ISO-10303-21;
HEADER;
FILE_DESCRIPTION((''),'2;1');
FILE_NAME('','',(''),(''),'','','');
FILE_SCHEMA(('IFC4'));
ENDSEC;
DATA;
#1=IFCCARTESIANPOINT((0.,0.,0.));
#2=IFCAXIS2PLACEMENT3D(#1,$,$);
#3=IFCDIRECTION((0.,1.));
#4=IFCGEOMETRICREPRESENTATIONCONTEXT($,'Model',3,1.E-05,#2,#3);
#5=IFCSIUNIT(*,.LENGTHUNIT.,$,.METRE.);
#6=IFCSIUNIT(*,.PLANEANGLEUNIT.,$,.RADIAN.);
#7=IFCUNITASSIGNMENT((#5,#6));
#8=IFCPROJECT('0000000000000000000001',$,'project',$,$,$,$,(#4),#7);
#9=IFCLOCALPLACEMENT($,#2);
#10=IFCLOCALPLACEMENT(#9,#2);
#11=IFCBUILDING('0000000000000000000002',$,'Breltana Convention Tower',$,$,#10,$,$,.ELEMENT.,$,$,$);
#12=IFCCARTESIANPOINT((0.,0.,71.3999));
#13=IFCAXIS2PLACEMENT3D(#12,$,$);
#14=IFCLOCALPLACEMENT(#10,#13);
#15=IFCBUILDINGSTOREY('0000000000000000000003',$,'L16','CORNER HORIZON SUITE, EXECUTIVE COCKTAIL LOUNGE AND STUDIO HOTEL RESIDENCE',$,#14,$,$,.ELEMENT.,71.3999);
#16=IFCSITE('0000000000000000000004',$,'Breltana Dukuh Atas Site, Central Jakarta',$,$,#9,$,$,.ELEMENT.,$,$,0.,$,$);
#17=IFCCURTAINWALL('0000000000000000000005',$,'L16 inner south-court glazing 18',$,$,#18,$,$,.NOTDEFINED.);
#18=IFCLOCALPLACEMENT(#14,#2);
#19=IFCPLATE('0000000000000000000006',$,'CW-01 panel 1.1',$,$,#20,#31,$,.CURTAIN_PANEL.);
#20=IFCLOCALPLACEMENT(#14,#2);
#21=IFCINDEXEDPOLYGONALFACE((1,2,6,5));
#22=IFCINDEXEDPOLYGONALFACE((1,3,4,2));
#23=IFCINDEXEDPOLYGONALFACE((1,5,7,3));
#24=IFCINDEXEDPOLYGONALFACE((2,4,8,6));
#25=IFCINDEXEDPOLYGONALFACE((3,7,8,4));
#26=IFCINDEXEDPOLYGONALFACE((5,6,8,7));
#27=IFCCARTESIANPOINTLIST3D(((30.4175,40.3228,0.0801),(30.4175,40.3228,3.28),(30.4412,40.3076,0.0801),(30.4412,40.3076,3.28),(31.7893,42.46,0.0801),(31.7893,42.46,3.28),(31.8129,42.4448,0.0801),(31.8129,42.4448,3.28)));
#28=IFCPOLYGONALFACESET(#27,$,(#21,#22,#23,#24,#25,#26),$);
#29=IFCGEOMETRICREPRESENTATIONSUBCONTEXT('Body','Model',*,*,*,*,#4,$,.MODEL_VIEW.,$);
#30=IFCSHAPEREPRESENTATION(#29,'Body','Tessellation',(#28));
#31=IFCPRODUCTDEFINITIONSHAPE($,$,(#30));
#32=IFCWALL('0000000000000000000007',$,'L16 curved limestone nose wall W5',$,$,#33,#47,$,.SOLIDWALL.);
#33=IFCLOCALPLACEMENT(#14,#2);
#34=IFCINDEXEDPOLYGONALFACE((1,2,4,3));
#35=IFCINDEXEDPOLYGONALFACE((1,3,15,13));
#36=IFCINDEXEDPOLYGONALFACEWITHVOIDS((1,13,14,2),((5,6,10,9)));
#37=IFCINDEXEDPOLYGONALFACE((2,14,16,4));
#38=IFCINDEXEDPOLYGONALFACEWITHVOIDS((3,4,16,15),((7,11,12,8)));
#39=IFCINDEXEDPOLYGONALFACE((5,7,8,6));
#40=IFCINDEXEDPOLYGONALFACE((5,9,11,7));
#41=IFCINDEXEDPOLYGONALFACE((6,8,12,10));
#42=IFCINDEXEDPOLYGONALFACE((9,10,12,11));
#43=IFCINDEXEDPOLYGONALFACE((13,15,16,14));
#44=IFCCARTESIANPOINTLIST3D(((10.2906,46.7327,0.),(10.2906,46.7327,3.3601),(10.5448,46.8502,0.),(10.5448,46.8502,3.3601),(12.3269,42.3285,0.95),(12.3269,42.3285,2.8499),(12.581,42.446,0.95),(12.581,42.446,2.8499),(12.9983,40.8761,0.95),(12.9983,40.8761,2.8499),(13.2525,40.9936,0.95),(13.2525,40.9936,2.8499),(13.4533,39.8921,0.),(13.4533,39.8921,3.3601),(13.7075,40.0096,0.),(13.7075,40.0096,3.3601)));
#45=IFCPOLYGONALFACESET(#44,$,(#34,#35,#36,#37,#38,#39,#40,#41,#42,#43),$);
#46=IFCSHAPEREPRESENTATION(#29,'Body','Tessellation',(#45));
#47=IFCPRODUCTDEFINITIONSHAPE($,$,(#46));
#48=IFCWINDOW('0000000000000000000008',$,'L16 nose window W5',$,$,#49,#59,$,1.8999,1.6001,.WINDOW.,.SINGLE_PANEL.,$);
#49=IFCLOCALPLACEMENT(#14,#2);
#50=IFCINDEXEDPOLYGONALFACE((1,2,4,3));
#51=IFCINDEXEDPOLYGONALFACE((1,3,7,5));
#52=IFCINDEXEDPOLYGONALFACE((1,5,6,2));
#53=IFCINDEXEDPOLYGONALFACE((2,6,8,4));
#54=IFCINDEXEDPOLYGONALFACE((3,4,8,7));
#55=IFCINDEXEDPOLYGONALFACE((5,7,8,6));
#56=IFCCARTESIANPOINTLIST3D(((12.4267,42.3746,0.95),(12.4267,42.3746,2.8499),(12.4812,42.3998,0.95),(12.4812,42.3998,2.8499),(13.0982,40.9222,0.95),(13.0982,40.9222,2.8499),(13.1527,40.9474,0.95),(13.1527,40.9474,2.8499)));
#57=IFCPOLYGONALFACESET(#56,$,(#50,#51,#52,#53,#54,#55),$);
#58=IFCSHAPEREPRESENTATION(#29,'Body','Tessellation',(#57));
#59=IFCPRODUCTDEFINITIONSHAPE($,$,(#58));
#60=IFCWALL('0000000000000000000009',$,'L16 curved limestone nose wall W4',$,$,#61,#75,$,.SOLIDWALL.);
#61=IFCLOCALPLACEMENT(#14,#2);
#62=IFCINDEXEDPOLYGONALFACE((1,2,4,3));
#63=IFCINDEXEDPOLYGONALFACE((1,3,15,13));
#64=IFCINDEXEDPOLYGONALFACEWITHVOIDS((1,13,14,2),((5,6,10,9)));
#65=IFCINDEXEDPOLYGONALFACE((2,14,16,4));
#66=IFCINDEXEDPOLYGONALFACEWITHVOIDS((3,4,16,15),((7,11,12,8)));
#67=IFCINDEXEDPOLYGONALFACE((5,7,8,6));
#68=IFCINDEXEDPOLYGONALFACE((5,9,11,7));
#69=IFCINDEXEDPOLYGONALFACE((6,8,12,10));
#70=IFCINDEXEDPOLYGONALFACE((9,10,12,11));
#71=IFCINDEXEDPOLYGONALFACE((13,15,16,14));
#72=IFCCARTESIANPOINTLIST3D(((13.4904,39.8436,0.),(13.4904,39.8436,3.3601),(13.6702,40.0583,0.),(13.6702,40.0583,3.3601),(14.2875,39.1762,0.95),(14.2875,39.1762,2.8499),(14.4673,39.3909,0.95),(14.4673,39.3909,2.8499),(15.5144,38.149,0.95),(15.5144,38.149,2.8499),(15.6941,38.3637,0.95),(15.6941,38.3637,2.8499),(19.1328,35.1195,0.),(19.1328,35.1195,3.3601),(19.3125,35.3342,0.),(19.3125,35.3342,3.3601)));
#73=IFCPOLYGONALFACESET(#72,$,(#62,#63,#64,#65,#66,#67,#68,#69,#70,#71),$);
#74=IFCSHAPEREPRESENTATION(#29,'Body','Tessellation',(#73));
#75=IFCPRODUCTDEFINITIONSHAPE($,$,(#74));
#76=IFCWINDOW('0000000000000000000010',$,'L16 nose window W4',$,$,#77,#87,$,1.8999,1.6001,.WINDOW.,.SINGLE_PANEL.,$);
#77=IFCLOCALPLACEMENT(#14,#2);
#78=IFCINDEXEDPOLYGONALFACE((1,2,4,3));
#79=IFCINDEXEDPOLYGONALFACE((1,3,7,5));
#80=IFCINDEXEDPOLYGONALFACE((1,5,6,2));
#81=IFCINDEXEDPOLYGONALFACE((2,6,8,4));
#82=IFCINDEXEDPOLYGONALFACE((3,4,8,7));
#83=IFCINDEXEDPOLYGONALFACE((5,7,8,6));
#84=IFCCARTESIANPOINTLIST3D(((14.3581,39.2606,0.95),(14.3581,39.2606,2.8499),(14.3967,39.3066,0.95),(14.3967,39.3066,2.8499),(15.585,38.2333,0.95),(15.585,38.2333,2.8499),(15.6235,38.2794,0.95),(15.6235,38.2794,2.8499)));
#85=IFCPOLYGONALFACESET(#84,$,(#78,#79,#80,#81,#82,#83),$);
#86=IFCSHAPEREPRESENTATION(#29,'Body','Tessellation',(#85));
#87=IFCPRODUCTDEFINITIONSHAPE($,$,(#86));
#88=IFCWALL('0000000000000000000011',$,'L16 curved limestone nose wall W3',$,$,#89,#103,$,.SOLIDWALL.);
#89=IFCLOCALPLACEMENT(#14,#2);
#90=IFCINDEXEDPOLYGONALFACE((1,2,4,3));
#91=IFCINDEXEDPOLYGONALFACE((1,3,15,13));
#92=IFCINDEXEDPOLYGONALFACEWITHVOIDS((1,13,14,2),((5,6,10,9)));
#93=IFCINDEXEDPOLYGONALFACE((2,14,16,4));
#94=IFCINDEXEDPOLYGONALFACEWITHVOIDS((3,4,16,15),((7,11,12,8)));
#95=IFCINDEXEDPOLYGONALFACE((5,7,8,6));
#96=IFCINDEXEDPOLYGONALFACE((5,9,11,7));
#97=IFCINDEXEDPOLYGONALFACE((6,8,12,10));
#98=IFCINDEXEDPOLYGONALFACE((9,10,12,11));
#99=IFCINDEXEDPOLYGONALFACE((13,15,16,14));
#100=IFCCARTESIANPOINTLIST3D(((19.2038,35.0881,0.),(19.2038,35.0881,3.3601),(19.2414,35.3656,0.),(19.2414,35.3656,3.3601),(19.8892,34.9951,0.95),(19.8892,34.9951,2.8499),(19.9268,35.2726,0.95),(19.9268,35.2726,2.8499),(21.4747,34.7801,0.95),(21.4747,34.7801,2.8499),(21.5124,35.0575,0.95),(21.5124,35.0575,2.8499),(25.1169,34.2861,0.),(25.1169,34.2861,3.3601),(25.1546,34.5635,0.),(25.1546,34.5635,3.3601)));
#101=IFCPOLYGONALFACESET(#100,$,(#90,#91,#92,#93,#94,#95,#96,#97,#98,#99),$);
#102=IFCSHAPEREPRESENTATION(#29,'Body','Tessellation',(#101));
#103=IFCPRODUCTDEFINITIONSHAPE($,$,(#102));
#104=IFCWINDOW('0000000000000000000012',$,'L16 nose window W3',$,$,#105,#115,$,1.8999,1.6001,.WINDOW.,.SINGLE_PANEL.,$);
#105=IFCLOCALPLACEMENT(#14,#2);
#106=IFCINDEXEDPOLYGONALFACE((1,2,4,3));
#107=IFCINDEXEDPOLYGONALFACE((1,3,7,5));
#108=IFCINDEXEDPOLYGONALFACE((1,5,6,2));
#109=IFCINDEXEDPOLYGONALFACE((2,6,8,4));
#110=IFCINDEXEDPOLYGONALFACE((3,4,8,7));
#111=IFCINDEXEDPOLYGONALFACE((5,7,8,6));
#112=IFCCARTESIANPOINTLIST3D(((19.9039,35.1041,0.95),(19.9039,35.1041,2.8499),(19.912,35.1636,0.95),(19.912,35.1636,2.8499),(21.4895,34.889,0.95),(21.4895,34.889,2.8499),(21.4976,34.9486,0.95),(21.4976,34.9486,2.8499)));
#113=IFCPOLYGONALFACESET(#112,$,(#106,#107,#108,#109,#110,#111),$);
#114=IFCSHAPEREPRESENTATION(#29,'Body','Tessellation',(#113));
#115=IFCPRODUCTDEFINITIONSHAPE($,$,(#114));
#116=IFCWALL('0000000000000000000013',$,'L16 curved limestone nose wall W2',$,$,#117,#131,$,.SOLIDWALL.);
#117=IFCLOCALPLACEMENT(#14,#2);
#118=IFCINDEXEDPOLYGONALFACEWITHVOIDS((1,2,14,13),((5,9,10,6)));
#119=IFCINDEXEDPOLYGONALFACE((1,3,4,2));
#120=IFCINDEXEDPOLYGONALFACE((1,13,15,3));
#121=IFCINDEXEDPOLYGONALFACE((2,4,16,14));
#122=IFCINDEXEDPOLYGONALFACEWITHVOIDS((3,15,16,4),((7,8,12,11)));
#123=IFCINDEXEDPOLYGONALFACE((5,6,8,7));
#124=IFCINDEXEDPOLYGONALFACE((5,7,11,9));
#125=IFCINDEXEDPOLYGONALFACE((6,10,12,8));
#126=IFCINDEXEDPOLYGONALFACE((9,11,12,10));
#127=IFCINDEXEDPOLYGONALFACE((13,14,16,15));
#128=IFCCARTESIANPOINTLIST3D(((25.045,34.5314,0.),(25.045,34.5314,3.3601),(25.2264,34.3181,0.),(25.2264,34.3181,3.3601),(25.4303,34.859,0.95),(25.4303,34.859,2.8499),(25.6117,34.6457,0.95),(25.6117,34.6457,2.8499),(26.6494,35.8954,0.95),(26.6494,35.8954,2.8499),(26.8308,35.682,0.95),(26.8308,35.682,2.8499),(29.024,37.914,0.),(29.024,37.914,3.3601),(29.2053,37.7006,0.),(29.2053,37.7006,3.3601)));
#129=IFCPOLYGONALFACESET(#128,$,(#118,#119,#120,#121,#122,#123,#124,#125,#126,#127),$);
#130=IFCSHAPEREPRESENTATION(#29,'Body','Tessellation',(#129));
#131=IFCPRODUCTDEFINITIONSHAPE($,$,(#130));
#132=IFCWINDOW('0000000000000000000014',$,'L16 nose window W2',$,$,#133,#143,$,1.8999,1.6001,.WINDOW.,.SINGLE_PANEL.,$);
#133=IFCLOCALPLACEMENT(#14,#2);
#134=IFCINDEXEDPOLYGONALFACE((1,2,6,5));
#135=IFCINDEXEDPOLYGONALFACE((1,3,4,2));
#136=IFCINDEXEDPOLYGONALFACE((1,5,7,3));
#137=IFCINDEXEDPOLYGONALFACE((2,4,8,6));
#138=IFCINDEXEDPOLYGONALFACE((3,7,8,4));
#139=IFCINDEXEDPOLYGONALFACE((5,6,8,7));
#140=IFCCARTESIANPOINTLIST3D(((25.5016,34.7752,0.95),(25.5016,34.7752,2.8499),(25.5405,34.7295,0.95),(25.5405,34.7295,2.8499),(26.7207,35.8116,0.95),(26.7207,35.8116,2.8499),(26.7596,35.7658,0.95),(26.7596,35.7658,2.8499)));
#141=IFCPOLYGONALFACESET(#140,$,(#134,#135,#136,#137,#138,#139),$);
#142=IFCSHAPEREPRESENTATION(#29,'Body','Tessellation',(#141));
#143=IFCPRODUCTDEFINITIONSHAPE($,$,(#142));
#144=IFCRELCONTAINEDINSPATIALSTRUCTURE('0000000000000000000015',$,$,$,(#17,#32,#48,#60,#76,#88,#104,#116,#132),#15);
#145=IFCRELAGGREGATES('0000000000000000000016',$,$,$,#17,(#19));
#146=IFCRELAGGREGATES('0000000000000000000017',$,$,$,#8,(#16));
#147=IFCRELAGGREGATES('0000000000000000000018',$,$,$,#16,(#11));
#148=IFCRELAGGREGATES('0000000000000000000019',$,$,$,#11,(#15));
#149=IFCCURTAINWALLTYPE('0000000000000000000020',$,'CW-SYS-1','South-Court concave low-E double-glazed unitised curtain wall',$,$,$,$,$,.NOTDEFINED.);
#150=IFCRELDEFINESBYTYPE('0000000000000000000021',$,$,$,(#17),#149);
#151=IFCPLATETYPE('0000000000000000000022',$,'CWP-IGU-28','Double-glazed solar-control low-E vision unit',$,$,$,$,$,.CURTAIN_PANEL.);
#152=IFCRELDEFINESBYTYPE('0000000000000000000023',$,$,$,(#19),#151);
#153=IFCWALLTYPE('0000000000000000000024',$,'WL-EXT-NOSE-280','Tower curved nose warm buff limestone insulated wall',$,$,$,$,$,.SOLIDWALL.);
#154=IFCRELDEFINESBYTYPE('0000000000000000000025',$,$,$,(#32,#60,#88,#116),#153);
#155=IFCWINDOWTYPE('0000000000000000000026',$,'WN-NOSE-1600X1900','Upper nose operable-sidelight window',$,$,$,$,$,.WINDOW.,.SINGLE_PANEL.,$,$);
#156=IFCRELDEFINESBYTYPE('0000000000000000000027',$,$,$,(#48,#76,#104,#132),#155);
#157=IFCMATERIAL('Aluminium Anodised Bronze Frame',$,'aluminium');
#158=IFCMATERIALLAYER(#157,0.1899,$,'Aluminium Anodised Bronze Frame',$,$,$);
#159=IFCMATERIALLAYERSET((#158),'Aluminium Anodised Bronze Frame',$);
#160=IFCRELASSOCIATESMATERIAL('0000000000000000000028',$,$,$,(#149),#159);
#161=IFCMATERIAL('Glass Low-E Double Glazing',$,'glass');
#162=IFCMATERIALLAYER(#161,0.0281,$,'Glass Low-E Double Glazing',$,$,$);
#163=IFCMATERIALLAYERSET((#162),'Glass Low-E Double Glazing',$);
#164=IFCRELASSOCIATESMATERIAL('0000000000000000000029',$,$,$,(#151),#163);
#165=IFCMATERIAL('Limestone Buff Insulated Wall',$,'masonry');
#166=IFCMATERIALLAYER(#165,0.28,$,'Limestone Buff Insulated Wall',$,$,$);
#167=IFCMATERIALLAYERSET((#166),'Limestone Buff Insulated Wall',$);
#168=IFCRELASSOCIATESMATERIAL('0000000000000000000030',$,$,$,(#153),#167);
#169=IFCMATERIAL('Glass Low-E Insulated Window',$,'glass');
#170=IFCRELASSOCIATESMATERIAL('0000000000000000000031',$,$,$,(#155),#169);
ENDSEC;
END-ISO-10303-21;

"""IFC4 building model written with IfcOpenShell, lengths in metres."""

from ifc_helpers import new_model, si_unit, direction, frame, frame_2d, origin, origin_2d, place, context, subcontext, project, spatial, rectangle, extrude, source, transform, mapped, material, layer, layer_set, type_object, type_shapes, element, fill, aggregate, save


model = new_model("IFC4")

# Units and contexts
model_context = context("Model", 3, precision=1e-05, world=origin(), true_north=direction((0.0, 1.0)))
body_context = subcontext(model_context, "Body", "Model", "MODEL_VIEW")
ifc_project = project(units=[si_unit("LENGTHUNIT", "METRE"), si_unit("PLANEANGLEUNIT", "RADIAN")], contexts=[model_context])

# Site, building, storey
site_placement = place(None, origin())
site = spatial("IfcSite", under=ifc_project, at=site_placement, Name="Breltana Dukuh Atas Site, Central Jakarta", CompositionType="ELEMENT", RefElevation=0.0)
building_placement = place(site_placement, origin())
building = spatial("IfcBuilding", under=site, at=building_placement, Name="Breltana Convention Tower", CompositionType="ELEMENT")
storey_placement = place(building_placement, frame((0.0, 0.0, 71.3999)))
storey = spatial("IfcBuildingStorey", under=building, at=storey_placement, Name="L16", Description="CORNER HORIZON SUITE, EXECUTIVE COCKTAIL LOUNGE AND STUDIO HOTEL RESIDENCE", CompositionType="ELEMENT", Elevation=71.3999)

# Curtain wall
ifc_material_1 = material(Name="Aluminium Anodised Bronze Frame", Category="aluminium")
ifc_layer_1 = layer(ifc_material_1, 0.1899, Name="Aluminium Anodised Bronze Frame")
ifc_layer_set_1 = layer_set([ifc_layer_1], Name="Aluminium Anodised Bronze Frame")
curtain_wall_type = type_object("IfcCurtainWallType", Name="CW-SYS-1", Description="South-Court concave low-E double-glazed unitised curtain wall", PredefinedType="NOTDEFINED", material=ifc_layer_set_1)
curtain_wall_1_placement = place(storey_placement, origin())
curtain_wall_1 = element("IfcCurtainWall", 1, at=curtain_wall_1_placement, inside=storey, type_object=curtain_wall_type, Name="L16 inner south-court glazing 18", PredefinedType="NOTDEFINED")

# Plate
ifc_material_2 = material(Name="Glass Low-E Double Glazing", Category="glass")
ifc_layer_2 = layer(ifc_material_2, 0.0281, Name="Glass Low-E Double Glazing")
ifc_layer_set_2 = layer_set([ifc_layer_2], Name="Glass Low-E Double Glazing")
plate_type = type_object("IfcPlateType", Name="CWP-IGU-28", Description="Double-glazed solar-control low-E vision unit", PredefinedType="CURTAIN_PANEL", material=ifc_layer_set_2)
shared_shape_1 = source(origin(), body_context, "Body", "SweptSolid", [
    extrude(rectangle(XDim=2.5396, YDim=0.0281, at=origin_2d()), origin(), (0.0, 0.0, 1.0), 3.2),
])
plate_1_placement = place(storey_placement, frame((31.1152, 41.3838, 0.0801), z_axis=(0.0, 0.0, 1.0), x_axis=(-0.54017, -0.841556, 0.0)))
plate_1 = element("IfcPlate", 2, at=plate_1_placement, type_object=plate_type, Name="CW-01 panel 1.1", PredefinedType="CURTAIN_PANEL", context=body_context, shape_type="MappedRepresentation", body=[
    mapped(shared_shape_1, transform((0.0, 0.0, 0.0), scale=1.0)),
])
aggregate(curtain_wall_1, [plate_1])

# Walls, openings, windows
ifc_material_3 = material(Name="Limestone Buff Insulated Wall", Category="masonry")
ifc_layer_3 = layer(ifc_material_3, 0.28, Name="Limestone Buff Insulated Wall")
ifc_layer_set_3 = layer_set([ifc_layer_3], Name="Limestone Buff Insulated Wall")
wall_type_1 = type_object("IfcWallType", Name="WL-EXT-NOSE-280", Description="Tower curved nose warm buff limestone insulated wall", PredefinedType="SOLIDWALL", material=ifc_layer_set_3)
shared_shape_2 = source(origin(), body_context, "Body", "SweptSolid", [
    extrude(rectangle(XDim=7.5364, YDim=0.28, at=frame_2d((3.7681, 0.0))), origin(), (0.0, 0.0, 1.0), 3.3601),
])
wall_1_placement = place(storey_placement, frame((13.5803, 39.9509, 0.0), z_axis=(0.0, 0.0, 1.0), x_axis=(-0.41965, 0.907686, 0.0)))
wall_1 = element("IfcWall", 3, at=wall_1_placement, inside=storey, type_object=wall_type_1, Name="L16 curved limestone nose wall W5", PredefinedType="SOLIDWALL", context=body_context, shape_type="MappedRepresentation", body=[
    mapped(shared_shape_2, transform((0.0, 0.0, 0.0), scale=1.0)),
])
opening_1_placement = place(wall_1_placement, frame((1.084, 0.0, 0.95)))
opening_1 = element("IfcOpeningElement", 4, at=opening_1_placement, cuts=wall_1, PredefinedType="OPENING", context=body_context, shape_type="SweptSolid", body=[
    extrude(rectangle(XDim=1.6001, YDim=1.8999, at=frame_2d((0.8, 0.95))), frame((0.0, 0.1499, 0.0), z_axis=(0.0, -1.0, 0.0), x_axis=(1.0, 0.0, 0.0)), (0.0, 0.0, 1.0), 0.3),
])
ifc_material_4 = material(Name="Glass Low-E Insulated Window", Category="glass")
window_type = type_object("IfcWindowType", Name="WN-NOSE-1600X1900", Description="Upper nose operable-sidelight window", PartitioningType="SINGLE_PANEL", PredefinedType="WINDOW", material=ifc_material_4)
shared_shape_3 = source(origin(), body_context, "Body", "SweptSolid", [
    extrude(rectangle(XDim=1.6001, YDim=1.8999, at=frame_2d((0.8, 0.95))), frame((0.0, 0.03, 0.0), z_axis=(0.0, -1.0, 0.0), x_axis=(1.0, 0.0, 0.0)), (0.0, 0.0, 1.0), 0.0601),
])
type_shapes(window_type, [shared_shape_3])
window_1_placement = place(opening_1_placement, origin())
window_1 = element("IfcWindow", 5, at=window_1_placement, inside=storey, type_object=window_type, Name="L16 nose window W5", OverallHeight=1.8999, OverallWidth=1.6001, PartitioningType="SINGLE_PANEL", PredefinedType="WINDOW", context=body_context, shape_type="MappedRepresentation", body=[
    mapped(shared_shape_3, transform((0.0, 0.0, 0.0), scale=1.0)),
])
fill(opening_1, window_1)
shared_shape_4 = source(origin(), body_context, "Body", "SweptSolid", [
    extrude(rectangle(XDim=7.3589, YDim=0.28, at=frame_2d((3.6794, 0.0))), origin(), (0.0, 0.0, 1.0), 3.3601),
])
wall_2_placement = place(storey_placement, frame((19.2227, 35.2268, 0.0), z_axis=(0.0, 0.0, 1.0), x_axis=(-0.766737, 0.641961, 0.0)))
wall_2 = element("IfcWall", 6, at=wall_2_placement, inside=storey, type_object=wall_type_1, Name="L16 curved limestone nose wall W4", PredefinedType="SOLIDWALL", context=body_context, shape_type="MappedRepresentation", body=[
    mapped(shared_shape_4, transform((0.0, 0.0, 0.0), scale=1.0)),
])
opening_2_placement = place(wall_2_placement, frame((4.7192, 0.0, 0.95)))
opening_2 = element("IfcOpeningElement", 7, at=opening_2_placement, cuts=wall_2, PredefinedType="OPENING", context=body_context, shape_type="SweptSolid", body=[
    extrude(rectangle(XDim=1.6001, YDim=1.8999, at=frame_2d((0.8, 0.95))), frame((0.0, 0.1499, 0.0), z_axis=(0.0, -1.0, 0.0), x_axis=(1.0, 0.0, 0.0)), (0.0, 0.0, 1.0), 0.3),
])
window_2_placement = place(opening_2_placement, origin())
window_2 = element("IfcWindow", 8, at=window_2_placement, inside=storey, type_object=window_type, Name="L16 nose window W4", OverallHeight=1.8999, OverallWidth=1.6001, PartitioningType="SINGLE_PANEL", PredefinedType="WINDOW", context=body_context, shape_type="MappedRepresentation", body=[
    mapped(shared_shape_3, transform((0.0, 0.0, 0.0), scale=1.0)),
])
fill(opening_2, window_2)
shared_shape_5 = source(origin(), body_context, "Body", "SweptSolid", [
    extrude(rectangle(XDim=5.9673, YDim=0.28, at=frame_2d((2.9836, 0.0))), origin(), (0.0, 0.0, 1.0), 3.3601),
])
wall_3_placement = place(storey_placement, frame((25.1357, 34.4248, 0.0), z_axis=(0.0, 0.0, 1.0), x_axis=(-0.990927, 0.134401, 0.0)))
wall_3 = element("IfcWall", 9, at=wall_3_placement, inside=storey, type_object=wall_type_1, Name="L16 curved limestone nose wall W3", PredefinedType="SOLIDWALL", context=body_context, shape_type="MappedRepresentation", body=[
    mapped(shared_shape_5, transform((0.0, 0.0, 0.0), scale=1.0)),
])
opening_3_placement = place(wall_3_placement, frame((3.6755, 0.0, 0.95)))
opening_3 = element("IfcOpeningElement", 10, at=opening_3_placement, cuts=wall_3, PredefinedType="OPENING", context=body_context, shape_type="SweptSolid", body=[
    extrude(rectangle(XDim=1.6001, YDim=1.8999, at=frame_2d((0.8, 0.95))), frame((0.0, 0.1499, 0.0), z_axis=(0.0, -1.0, 0.0), x_axis=(1.0, 0.0, 0.0)), (0.0, 0.0, 1.0), 0.3),
])
window_3_placement = place(opening_3_placement, origin())
window_3 = element("IfcWindow", 11, at=window_3_placement, inside=storey, type_object=window_type, Name="L16 nose window W3", OverallHeight=1.8999, OverallWidth=1.6001, PartitioningType="SINGLE_PANEL", PredefinedType="WINDOW", context=body_context, shape_type="MappedRepresentation", body=[
    mapped(shared_shape_3, transform((0.0, 0.0, 0.0), scale=1.0)),
])
fill(opening_3, window_3)
shared_shape_6 = source(origin(), body_context, "Body", "SweptSolid", [
    extrude(rectangle(XDim=5.2224, YDim=0.28, at=frame_2d((2.6113, 0.0))), origin(), (0.0, 0.0, 1.0), 3.3601),
])
wall_4_placement = place(storey_placement, frame((29.1147, 37.8074, 0.0), z_axis=(0.0, 0.0, 1.0), x_axis=(-0.7619, -0.647695, 0.0)))
wall_4 = element("IfcWall", 12, at=wall_4_placement, inside=storey, type_object=wall_type_1, Name="L16 curved limestone nose wall W2", PredefinedType="SOLIDWALL", context=body_context, shape_type="MappedRepresentation", body=[
    mapped(shared_shape_6, transform((0.0, 0.0, 0.0), scale=1.0)),
])
opening_4_placement = place(wall_4_placement, frame((3.1167, 0.0, 0.95)))
opening_4 = element("IfcOpeningElement", 13, at=opening_4_placement, cuts=wall_4, PredefinedType="OPENING", context=body_context, shape_type="SweptSolid", body=[
    extrude(rectangle(XDim=1.6001, YDim=1.8999, at=frame_2d((0.8, 0.95))), frame((0.0, 0.1499, 0.0), z_axis=(0.0, -1.0, 0.0), x_axis=(1.0, 0.0, 0.0)), (0.0, 0.0, 1.0), 0.3),
])
window_4_placement = place(opening_4_placement, origin())
window_4 = element("IfcWindow", 14, at=window_4_placement, inside=storey, type_object=window_type, Name="L16 nose window W2", OverallHeight=1.8999, OverallWidth=1.6001, PartitioningType="SINGLE_PANEL", PredefinedType="WINDOW", context=body_context, shape_type="MappedRepresentation", body=[
    mapped(shared_shape_3, transform((0.0, 0.0, 0.0), scale=1.0)),
])
fill(opening_4, window_4)

save(model, "model.ifc")
